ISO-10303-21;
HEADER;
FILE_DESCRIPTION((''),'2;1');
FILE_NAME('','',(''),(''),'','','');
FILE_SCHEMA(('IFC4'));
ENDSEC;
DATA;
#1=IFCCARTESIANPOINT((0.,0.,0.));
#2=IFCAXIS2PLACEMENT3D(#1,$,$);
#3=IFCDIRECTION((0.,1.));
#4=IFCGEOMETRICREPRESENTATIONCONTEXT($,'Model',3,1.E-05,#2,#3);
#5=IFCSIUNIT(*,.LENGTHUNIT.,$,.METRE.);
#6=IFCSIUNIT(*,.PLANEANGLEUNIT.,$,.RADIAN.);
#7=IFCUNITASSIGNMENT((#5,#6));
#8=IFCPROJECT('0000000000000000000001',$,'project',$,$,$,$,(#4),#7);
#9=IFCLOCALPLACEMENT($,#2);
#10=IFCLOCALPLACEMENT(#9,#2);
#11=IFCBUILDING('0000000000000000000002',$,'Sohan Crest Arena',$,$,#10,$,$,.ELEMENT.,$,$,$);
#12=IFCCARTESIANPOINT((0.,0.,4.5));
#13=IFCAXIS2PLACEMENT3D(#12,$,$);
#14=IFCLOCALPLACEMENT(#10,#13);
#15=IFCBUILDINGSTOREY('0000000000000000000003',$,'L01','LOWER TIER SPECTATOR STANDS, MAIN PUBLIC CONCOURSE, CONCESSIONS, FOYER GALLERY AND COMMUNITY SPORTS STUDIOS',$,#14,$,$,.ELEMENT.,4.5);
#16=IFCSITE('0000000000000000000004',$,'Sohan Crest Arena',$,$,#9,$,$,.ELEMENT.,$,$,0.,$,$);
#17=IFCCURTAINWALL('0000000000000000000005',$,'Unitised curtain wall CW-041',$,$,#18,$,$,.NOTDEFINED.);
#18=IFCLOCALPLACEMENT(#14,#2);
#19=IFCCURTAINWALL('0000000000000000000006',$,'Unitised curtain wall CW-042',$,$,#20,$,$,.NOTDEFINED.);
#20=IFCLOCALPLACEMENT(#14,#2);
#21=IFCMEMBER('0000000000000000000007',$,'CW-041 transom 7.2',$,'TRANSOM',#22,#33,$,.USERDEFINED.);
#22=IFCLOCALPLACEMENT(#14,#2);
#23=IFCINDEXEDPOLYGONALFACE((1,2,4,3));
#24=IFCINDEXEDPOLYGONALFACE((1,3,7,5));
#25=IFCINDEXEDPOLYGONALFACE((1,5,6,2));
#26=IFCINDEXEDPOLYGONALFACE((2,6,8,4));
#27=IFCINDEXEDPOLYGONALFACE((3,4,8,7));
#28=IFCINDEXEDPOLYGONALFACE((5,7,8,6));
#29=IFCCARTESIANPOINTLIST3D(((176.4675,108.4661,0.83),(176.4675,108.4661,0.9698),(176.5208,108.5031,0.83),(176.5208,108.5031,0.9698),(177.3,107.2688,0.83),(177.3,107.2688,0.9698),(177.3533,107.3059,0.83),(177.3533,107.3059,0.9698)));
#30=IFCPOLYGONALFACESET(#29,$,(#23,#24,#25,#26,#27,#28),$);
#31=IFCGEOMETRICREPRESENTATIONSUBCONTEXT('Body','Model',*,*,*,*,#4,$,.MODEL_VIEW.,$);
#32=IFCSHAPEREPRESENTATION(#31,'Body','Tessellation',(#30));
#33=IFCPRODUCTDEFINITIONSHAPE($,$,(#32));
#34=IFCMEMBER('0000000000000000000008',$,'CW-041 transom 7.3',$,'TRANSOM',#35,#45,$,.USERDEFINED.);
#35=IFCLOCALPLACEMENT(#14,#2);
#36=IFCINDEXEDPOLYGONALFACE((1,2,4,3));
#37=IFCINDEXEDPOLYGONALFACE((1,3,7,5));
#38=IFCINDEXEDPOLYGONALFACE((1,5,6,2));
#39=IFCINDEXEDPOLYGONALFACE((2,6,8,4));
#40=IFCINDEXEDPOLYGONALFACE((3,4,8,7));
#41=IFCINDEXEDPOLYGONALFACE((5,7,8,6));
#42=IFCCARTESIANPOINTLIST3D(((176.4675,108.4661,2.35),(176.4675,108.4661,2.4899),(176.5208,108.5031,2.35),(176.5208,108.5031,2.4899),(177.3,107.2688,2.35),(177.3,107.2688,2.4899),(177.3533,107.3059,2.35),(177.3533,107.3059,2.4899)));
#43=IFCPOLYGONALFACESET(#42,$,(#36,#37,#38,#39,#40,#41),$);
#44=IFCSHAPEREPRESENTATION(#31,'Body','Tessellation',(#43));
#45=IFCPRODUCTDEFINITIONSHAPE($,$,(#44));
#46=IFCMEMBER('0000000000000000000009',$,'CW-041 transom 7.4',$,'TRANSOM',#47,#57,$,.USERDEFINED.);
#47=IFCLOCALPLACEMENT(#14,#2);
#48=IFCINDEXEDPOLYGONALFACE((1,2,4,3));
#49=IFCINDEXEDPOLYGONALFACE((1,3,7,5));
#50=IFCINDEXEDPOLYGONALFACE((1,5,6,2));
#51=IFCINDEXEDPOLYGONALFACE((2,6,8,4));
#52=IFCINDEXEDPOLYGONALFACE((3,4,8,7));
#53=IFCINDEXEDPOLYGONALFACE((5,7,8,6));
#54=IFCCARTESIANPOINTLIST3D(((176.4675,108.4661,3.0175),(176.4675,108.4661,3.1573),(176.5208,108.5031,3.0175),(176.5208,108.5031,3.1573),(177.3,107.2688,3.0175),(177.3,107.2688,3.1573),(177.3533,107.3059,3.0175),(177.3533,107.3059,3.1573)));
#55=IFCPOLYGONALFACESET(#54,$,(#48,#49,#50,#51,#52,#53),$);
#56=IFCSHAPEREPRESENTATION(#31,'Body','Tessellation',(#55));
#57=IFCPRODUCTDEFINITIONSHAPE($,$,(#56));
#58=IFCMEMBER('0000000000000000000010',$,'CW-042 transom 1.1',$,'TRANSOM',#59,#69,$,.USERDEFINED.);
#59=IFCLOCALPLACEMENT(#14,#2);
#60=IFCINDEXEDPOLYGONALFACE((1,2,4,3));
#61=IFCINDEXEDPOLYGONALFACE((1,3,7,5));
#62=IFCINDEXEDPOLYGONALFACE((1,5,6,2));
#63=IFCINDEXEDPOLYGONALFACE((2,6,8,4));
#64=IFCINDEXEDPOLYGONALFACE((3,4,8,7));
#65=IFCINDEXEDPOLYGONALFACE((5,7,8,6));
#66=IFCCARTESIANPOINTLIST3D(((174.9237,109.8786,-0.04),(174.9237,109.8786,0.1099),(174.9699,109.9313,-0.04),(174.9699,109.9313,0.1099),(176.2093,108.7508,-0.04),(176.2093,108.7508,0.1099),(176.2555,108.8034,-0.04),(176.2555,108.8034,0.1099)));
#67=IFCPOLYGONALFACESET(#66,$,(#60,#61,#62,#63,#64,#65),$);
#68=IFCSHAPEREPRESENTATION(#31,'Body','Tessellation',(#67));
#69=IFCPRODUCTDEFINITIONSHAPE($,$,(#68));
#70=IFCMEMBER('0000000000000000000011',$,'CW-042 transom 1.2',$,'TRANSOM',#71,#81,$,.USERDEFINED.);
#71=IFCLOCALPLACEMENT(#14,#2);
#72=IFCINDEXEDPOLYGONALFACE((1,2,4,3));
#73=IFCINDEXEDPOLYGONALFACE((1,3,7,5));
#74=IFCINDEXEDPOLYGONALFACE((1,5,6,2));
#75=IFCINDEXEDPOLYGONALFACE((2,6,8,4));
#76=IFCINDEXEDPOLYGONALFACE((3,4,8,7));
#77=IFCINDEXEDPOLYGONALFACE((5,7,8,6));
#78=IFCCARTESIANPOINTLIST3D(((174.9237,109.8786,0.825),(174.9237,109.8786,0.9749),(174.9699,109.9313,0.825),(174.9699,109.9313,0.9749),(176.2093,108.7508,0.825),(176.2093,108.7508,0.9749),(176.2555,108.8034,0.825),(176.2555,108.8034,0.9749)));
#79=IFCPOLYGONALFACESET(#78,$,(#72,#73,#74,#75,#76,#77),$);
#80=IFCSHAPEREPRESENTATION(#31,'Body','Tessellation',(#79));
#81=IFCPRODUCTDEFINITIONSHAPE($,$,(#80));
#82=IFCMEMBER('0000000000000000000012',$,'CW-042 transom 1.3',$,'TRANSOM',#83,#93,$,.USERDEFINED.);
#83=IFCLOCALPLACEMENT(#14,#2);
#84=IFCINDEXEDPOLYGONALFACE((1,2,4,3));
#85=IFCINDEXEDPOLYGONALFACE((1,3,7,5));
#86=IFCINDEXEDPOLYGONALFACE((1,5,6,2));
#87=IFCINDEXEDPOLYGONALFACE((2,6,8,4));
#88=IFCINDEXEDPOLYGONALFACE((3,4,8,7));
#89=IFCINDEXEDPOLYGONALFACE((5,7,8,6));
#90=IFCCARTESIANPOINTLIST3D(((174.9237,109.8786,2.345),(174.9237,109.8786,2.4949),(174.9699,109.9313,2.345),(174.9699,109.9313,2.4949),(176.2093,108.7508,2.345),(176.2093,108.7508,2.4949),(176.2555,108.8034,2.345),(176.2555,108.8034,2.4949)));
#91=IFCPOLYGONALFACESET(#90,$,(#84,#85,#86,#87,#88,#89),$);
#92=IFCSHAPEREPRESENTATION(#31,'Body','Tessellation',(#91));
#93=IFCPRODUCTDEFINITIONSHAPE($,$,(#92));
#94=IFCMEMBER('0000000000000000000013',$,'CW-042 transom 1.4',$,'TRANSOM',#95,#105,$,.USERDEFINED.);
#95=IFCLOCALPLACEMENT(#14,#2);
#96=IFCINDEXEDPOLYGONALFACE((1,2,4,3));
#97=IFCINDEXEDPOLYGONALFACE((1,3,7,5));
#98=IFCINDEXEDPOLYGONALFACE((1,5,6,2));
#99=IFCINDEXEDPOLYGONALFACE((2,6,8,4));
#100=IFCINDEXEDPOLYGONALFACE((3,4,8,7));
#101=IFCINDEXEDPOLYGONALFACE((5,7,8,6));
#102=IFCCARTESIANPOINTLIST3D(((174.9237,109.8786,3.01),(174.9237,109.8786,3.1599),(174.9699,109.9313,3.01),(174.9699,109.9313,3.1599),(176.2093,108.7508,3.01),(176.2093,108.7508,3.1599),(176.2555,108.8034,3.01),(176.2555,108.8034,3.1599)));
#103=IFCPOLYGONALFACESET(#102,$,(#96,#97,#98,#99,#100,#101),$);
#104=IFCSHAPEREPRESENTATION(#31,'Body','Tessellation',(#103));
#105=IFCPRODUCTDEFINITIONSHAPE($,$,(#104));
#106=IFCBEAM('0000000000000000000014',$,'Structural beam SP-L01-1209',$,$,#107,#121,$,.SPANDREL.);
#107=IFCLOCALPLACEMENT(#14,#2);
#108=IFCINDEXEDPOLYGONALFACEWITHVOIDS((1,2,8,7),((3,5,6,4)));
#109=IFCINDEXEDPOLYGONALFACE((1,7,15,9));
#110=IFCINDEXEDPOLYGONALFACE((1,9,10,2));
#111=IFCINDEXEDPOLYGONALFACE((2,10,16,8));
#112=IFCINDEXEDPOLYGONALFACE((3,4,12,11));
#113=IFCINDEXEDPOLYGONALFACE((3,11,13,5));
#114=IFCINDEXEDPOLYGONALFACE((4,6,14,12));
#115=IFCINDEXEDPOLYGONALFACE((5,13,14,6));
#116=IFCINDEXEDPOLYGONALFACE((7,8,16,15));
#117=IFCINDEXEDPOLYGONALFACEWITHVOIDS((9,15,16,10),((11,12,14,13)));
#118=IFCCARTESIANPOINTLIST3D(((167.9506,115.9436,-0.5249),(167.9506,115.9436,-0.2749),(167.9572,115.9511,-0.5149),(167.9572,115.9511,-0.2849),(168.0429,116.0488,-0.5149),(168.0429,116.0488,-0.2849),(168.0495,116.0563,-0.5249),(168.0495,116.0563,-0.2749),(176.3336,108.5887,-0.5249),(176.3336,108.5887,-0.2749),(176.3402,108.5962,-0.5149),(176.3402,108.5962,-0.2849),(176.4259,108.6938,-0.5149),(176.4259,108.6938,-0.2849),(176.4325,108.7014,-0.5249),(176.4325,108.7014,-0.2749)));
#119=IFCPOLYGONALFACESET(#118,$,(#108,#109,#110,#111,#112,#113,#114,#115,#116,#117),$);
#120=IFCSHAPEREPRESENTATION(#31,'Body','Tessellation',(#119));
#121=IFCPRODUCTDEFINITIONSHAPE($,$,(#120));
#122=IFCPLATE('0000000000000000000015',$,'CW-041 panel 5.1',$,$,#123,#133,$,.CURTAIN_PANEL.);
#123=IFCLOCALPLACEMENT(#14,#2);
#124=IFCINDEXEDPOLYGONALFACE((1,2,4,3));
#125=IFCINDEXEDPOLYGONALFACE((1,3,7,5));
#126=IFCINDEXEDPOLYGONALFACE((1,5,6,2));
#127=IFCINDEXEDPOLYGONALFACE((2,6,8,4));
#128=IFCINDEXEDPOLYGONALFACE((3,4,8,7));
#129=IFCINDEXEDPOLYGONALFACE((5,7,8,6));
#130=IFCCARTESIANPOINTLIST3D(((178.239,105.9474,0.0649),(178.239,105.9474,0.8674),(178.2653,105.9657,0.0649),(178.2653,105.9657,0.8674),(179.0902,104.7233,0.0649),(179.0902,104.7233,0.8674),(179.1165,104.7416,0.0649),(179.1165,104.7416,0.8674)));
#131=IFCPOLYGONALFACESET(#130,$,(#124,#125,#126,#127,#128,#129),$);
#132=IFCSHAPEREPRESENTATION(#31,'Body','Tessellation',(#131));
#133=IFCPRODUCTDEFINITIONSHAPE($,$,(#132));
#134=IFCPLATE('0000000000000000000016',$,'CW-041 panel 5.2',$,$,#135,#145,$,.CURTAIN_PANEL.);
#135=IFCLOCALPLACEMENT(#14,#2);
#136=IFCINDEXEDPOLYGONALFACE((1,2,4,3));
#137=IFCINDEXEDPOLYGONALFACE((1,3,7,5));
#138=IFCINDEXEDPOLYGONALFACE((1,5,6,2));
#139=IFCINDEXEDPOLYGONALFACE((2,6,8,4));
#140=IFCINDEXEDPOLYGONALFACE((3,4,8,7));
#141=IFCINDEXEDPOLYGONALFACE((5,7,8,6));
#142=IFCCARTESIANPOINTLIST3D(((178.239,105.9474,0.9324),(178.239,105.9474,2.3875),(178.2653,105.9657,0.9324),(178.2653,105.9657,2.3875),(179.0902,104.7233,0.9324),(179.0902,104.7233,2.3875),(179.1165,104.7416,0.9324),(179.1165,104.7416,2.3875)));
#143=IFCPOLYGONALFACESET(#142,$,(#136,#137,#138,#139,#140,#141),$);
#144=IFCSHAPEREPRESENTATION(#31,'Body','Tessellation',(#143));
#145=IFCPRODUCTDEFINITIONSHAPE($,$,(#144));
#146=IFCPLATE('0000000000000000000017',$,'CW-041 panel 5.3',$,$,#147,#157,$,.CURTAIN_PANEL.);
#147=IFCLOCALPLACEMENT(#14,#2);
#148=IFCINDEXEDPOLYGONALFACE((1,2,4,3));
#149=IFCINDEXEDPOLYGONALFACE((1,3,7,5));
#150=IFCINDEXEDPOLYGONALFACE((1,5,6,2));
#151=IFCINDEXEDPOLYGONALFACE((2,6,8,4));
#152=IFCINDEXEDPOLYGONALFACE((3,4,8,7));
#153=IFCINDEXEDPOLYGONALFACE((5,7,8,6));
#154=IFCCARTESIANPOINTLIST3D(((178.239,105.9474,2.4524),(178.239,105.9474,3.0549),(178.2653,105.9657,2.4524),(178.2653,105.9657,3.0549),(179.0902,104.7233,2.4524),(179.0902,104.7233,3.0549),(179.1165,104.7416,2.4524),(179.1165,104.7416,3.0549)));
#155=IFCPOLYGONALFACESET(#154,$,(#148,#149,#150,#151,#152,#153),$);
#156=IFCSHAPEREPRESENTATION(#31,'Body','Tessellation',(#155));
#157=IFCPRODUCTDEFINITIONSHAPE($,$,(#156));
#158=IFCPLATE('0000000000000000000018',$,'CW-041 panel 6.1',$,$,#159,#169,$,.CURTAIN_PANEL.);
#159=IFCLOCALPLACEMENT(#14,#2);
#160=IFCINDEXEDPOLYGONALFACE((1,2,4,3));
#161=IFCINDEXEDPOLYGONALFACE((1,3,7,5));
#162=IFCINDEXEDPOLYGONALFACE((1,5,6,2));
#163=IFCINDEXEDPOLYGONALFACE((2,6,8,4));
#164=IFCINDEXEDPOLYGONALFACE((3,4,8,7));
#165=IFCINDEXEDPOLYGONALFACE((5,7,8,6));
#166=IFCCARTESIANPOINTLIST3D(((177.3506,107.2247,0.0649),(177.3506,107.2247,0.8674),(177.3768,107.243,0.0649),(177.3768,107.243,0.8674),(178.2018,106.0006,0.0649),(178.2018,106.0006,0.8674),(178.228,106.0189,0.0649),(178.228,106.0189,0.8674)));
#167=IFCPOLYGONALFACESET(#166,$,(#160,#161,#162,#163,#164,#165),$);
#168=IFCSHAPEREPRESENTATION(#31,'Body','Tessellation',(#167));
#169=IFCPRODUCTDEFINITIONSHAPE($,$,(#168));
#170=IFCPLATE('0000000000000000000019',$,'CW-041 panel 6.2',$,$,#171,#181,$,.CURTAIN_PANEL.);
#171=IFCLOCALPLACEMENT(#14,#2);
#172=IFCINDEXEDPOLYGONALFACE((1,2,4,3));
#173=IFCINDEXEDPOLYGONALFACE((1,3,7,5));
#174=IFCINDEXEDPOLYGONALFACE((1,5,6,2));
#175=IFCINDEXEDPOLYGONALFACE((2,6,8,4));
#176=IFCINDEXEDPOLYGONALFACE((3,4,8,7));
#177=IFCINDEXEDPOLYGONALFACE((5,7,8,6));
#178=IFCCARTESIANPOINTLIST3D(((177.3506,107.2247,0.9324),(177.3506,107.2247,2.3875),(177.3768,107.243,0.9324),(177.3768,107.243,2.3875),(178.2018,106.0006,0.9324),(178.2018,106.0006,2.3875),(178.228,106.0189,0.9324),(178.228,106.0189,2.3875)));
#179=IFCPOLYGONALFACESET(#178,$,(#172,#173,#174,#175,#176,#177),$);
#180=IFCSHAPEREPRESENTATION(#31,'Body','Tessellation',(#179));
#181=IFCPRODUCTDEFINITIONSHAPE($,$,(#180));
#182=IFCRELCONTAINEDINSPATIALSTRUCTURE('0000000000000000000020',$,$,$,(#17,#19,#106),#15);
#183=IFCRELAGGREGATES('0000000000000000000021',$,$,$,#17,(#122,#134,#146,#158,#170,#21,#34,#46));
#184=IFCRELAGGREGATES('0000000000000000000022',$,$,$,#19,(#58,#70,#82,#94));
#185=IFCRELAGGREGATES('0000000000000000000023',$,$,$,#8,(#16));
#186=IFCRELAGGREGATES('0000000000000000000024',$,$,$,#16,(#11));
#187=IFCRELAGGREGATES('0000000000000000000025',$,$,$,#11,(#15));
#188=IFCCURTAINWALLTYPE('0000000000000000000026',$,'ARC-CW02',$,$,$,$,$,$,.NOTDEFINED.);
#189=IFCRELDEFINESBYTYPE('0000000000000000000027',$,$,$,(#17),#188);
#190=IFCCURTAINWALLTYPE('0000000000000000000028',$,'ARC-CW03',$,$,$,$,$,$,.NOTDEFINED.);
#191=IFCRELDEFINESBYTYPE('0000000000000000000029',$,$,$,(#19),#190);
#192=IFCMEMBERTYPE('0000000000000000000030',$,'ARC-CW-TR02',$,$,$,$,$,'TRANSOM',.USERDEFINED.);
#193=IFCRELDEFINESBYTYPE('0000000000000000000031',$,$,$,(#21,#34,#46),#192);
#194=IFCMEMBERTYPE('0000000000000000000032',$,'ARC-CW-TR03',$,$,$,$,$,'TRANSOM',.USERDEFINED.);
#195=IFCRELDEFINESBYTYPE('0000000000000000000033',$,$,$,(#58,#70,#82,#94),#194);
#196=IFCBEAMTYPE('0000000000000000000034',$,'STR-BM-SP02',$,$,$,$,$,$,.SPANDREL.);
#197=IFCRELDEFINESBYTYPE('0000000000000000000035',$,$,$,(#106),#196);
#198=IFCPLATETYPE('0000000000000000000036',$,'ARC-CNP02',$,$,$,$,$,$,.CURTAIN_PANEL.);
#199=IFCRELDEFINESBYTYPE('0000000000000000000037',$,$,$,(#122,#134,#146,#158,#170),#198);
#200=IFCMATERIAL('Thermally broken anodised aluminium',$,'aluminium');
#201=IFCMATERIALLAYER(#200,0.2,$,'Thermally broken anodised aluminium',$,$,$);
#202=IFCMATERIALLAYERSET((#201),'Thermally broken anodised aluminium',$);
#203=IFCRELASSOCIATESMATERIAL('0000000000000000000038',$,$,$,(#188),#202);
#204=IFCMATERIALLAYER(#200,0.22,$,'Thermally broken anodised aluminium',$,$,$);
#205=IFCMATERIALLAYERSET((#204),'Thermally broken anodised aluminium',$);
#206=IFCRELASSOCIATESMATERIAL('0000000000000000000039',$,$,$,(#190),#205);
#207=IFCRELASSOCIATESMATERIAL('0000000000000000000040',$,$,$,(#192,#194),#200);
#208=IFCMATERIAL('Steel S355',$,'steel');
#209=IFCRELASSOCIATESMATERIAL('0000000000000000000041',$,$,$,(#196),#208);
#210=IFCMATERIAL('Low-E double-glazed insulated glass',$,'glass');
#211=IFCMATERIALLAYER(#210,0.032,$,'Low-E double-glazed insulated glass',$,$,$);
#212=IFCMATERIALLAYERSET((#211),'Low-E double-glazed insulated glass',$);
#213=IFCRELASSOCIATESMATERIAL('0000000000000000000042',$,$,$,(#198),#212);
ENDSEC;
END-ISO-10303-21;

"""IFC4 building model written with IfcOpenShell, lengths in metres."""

from ifc_helpers import new_model, si_unit, direction, frame, origin, origin_2d, place, context, subcontext, project, spatial, rectangle, hollow_rectangle, extrude, material, layer, layer_set, material_profile, profile_set, type_object, element, aggregate, save


model = new_model("IFC4")

# Units and contexts
model_context = context("Model", 3, precision=1e-05, world=origin(), true_north=direction((0.0, 1.0)))
body_context = subcontext(model_context, "Body", "Model", "MODEL_VIEW")
ifc_project = project(units=[si_unit("LENGTHUNIT", "METRE"), si_unit("PLANEANGLEUNIT", "RADIAN")], contexts=[model_context])

# Site, building, storey
site_placement = place(None, origin())
site = spatial("IfcSite", under=ifc_project, at=site_placement, Name="Sohan Crest Arena", CompositionType="ELEMENT", RefElevation=0.0)
building_placement = place(site_placement, origin())
building = spatial("IfcBuilding", under=site, at=building_placement, Name="Sohan Crest Arena", CompositionType="ELEMENT")
storey_placement = place(building_placement, frame((0.0, 0.0, 4.5)))
storey = spatial("IfcBuildingStorey", under=building, at=storey_placement, Name="L01", Description="LOWER TIER SPECTATOR STANDS, MAIN PUBLIC CONCOURSE, CONCESSIONS, FOYER GALLERY AND COMMUNITY SPORTS STUDIOS", CompositionType="ELEMENT", Elevation=4.5)

# Shared definitions
ifc_material_1 = material(Name="Steel S355", Category="steel")

# Curtain wall
ifc_material_2 = material(Name="Thermally broken anodised aluminium", Category="aluminium")
ifc_layer_1 = layer(ifc_material_2, 0.2, Name="Thermally broken anodised aluminium")
ifc_layer_set_1 = layer_set([ifc_layer_1], Name="Thermally broken anodised aluminium")
curtain_wall_type_1 = type_object("IfcCurtainWallType", Name="ARC-CW02", PredefinedType="NOTDEFINED", material=ifc_layer_set_1)
curtain_wall_1_placement = place(storey_placement, origin())
curtain_wall_1 = element("IfcCurtainWall", 1, at=curtain_wall_1_placement, inside=storey, type_object=curtain_wall_type_1, Name="Unitised curtain wall CW-041", PredefinedType="NOTDEFINED")

# Curtain wall
ifc_layer_2 = layer(ifc_material_2, 0.22, Name="Thermally broken anodised aluminium")
ifc_layer_set_2 = layer_set([ifc_layer_2], Name="Thermally broken anodised aluminium")
curtain_wall_type_2 = type_object("IfcCurtainWallType", Name="ARC-CW03", PredefinedType="NOTDEFINED", material=ifc_layer_set_2)
curtain_wall_2_placement = place(storey_placement, origin())
curtain_wall_2 = element("IfcCurtainWall", 2, at=curtain_wall_2_placement, inside=storey, type_object=curtain_wall_type_2, Name="Unitised curtain wall CW-042", PredefinedType="NOTDEFINED")

# Members
ifc_material_profile_1 = material_profile(ifc_material_2, rectangle(XDim=0.0649, YDim=0.1399, at=origin_2d()), Name="ALU-TRAN 65x140")
ifc_profile_set_1 = profile_set([ifc_material_profile_1], Name="Thermally broken anodised aluminium")
member_type_1 = type_object("IfcMemberType", Name="ARC-CW-TR02", ElementType="TRANSOM", PredefinedType="USERDEFINED", material=ifc_profile_set_1)
member_1_placement = place(storey_placement, frame((177.3267, 107.2874, 0.8999), z_axis=(-0.570898, 0.821021, 0.0), x_axis=(-0.821021, -0.570898, 0.0)))
member_1 = element("IfcMember", 3, at=member_1_placement, type_object=member_type_1, Name="CW-041 transom 7.2", ObjectType="TRANSOM", PredefinedType="USERDEFINED", context=body_context, shape_type="SweptSolid", body=[
    extrude(rectangle(XDim=0.0649, YDim=0.1399, at=origin_2d()), origin(), (0.0, 0.0, 1.0), 1.4583),
])
member_2_placement = place(storey_placement, frame((177.3267, 107.2874, 2.4199), z_axis=(-0.570898, 0.821021, 0.0), x_axis=(-0.821021, -0.570898, 0.0)))
member_2 = element("IfcMember", 4, at=member_2_placement, type_object=member_type_1, Name="CW-041 transom 7.3", ObjectType="TRANSOM", PredefinedType="USERDEFINED", context=body_context, shape_type="SweptSolid", body=[
    extrude(rectangle(XDim=0.0649, YDim=0.1399, at=origin_2d()), origin(), (0.0, 0.0, 1.0), 1.4583),
])
member_3_placement = place(storey_placement, frame((177.3267, 107.2874, 3.0874), z_axis=(-0.570898, 0.821021, 0.0), x_axis=(-0.821021, -0.570898, 0.0)))
member_3 = element("IfcMember", 5, at=member_3_placement, type_object=member_type_1, Name="CW-041 transom 7.4", ObjectType="TRANSOM", PredefinedType="USERDEFINED", context=body_context, shape_type="SweptSolid", body=[
    extrude(rectangle(XDim=0.0649, YDim=0.1399, at=origin_2d()), origin(), (0.0, 0.0, 1.0), 1.4583),
])
ifc_material_profile_2 = material_profile(ifc_material_2, rectangle(XDim=0.0701, YDim=0.1499, at=origin_2d()), Name="ALU-TRAN 70x150")
ifc_profile_set_2 = profile_set([ifc_material_profile_2], Name="Thermally broken anodised aluminium")
member_type_2 = type_object("IfcMemberType", Name="ARC-CW-TR03", ElementType="TRANSOM", PredefinedType="USERDEFINED", material=ifc_profile_set_2)
member_4_placement = place(storey_placement, frame((176.2324, 108.7771, 0.0349), z_axis=(-0.751709, 0.659494, 0.0), x_axis=(-0.659494, -0.751709, 0.0)))
member_4 = element("IfcMember", 6, at=member_4_placement, type_object=member_type_2, Name="CW-042 transom 1.1", ObjectType="TRANSOM", PredefinedType="USERDEFINED", context=body_context, shape_type="SweptSolid", body=[
    extrude(rectangle(XDim=0.0701, YDim=0.1499, at=origin_2d()), origin(), (0.0, 0.0, 1.0), 1.7102),
])
member_5_placement = place(storey_placement, frame((176.2324, 108.7771, 0.8999), z_axis=(-0.751709, 0.659494, 0.0), x_axis=(-0.659494, -0.751709, 0.0)))
member_5 = element("IfcMember", 7, at=member_5_placement, type_object=member_type_2, Name="CW-042 transom 1.2", ObjectType="TRANSOM", PredefinedType="USERDEFINED", context=body_context, shape_type="SweptSolid", body=[
    extrude(rectangle(XDim=0.0701, YDim=0.1499, at=origin_2d()), origin(), (0.0, 0.0, 1.0), 1.7102),
])
member_6_placement = place(storey_placement, frame((176.2324, 108.7771, 2.4199), z_axis=(-0.751709, 0.659494, 0.0), x_axis=(-0.659494, -0.751709, 0.0)))
member_6 = element("IfcMember", 8, at=member_6_placement, type_object=member_type_2, Name="CW-042 transom 1.3", ObjectType="TRANSOM", PredefinedType="USERDEFINED", context=body_context, shape_type="SweptSolid", body=[
    extrude(rectangle(XDim=0.0701, YDim=0.1499, at=origin_2d()), origin(), (0.0, 0.0, 1.0), 1.7102),
])
member_7_placement = place(storey_placement, frame((176.2324, 108.7771, 3.085), z_axis=(-0.751709, 0.659494, 0.0), x_axis=(-0.659494, -0.751709, 0.0)))
member_7 = element("IfcMember", 9, at=member_7_placement, type_object=member_type_2, Name="CW-042 transom 1.4", ObjectType="TRANSOM", PredefinedType="USERDEFINED", context=body_context, shape_type="SweptSolid", body=[
    extrude(rectangle(XDim=0.0701, YDim=0.1499, at=origin_2d()), origin(), (0.0, 0.0, 1.0), 1.7102),
])

# Beam
ifc_material_profile_3 = material_profile(ifc_material_1, hollow_rectangle(XDim=0.1499, YDim=0.25, WallThickness=0.01, at=origin_2d()), Name="RHS 250x150x10")
ifc_profile_set_3 = profile_set([ifc_material_profile_3], Name="Steel S355")
beam_type = type_object("IfcBeamType", Name="STR-BM-SP02", PredefinedType="SPANDREL", material=ifc_profile_set_3)
beam_placement = place(storey_placement, frame((176.3831, 108.645, -0.3999), z_axis=(-0.751696, 0.65951, 0.0), x_axis=(-0.65951, -0.751696, 0.0)))
element("IfcBeam", 10, at=beam_placement, inside=storey, type_object=beam_type, Name="Structural beam SP-L01-1209", PredefinedType="SPANDREL", context=body_context, shape_type="SweptSolid", body=[
    extrude(hollow_rectangle(XDim=0.1499, YDim=0.25, WallThickness=0.01, at=origin_2d()), origin(), (0.0, 0.0, 1.0), 11.1521),
])

# Plates
ifc_material_3 = material(Name="Low-E double-glazed insulated glass", Category="glass")
ifc_layer_3 = layer(ifc_material_3, 0.032, Name="Low-E double-glazed insulated glass")
ifc_layer_set_3 = layer_set([ifc_layer_3], Name="Low-E double-glazed insulated glass")
plate_type_1 = type_object("IfcPlateType", Name="ARC-CNP02", PredefinedType="CURTAIN_PANEL", material=ifc_layer_set_3)
plate_1_placement = place(storey_placement, frame((178.6777, 105.3445, 0.0649), z_axis=(0.0, 0.0, 1.0), x_axis=(-0.570908, 0.821014, 0.0)))
plate_1 = element("IfcPlate", 11, at=plate_1_placement, type_object=plate_type_1, Name="CW-041 panel 5.1", PredefinedType="CURTAIN_PANEL", context=body_context, shape_type="SweptSolid", body=[
    extrude(rectangle(XDim=1.491, YDim=0.032, at=origin_2d()), origin(), (0.0, 0.0, 1.0), 0.8025),
])
plate_2_placement = place(storey_placement, frame((178.6777, 105.3445, 0.9324), z_axis=(0.0, 0.0, 1.0), x_axis=(-0.570908, 0.821014, 0.0)))
plate_2 = element("IfcPlate", 12, at=plate_2_placement, type_object=plate_type_1, Name="CW-041 panel 5.2", PredefinedType="CURTAIN_PANEL", context=body_context, shape_type="SweptSolid", body=[
    extrude(rectangle(XDim=1.491, YDim=0.032, at=origin_2d()), origin(), (0.0, 0.0, 1.0), 1.4551),
])
plate_3_placement = place(storey_placement, frame((178.6777, 105.3445, 2.4524), z_axis=(0.0, 0.0, 1.0), x_axis=(-0.570908, 0.821014, 0.0)))
plate_3 = element("IfcPlate", 13, at=plate_3_placement, type_object=plate_type_1, Name="CW-041 panel 5.3", PredefinedType="CURTAIN_PANEL", context=body_context, shape_type="SweptSolid", body=[
    extrude(rectangle(XDim=1.491, YDim=0.032, at=origin_2d()), origin(), (0.0, 0.0, 1.0), 0.6025),
])
plate_4_placement = place(storey_placement, frame((177.7893, 106.6218, 0.0649), z_axis=(0.0, 0.0, 1.0), x_axis=(-0.570908, 0.821014, 0.0)))
plate_4 = element("IfcPlate", 14, at=plate_4_placement, type_object=plate_type_1, Name="CW-041 panel 6.1", PredefinedType="CURTAIN_PANEL", context=body_context, shape_type="SweptSolid", body=[
    extrude(rectangle(XDim=1.491, YDim=0.032, at=origin_2d()), origin(), (0.0, 0.0, 1.0), 0.8025),
])
plate_5_placement = place(storey_placement, frame((177.7893, 106.6218, 0.9324), z_axis=(0.0, 0.0, 1.0), x_axis=(-0.570908, 0.821014, 0.0)))
plate_5 = element("IfcPlate", 15, at=plate_5_placement, type_object=plate_type_1, Name="CW-041 panel 6.2", PredefinedType="CURTAIN_PANEL", context=body_context, shape_type="SweptSolid", body=[
    extrude(rectangle(XDim=1.491, YDim=0.032, at=origin_2d()), origin(), (0.0, 0.0, 1.0), 1.4551),
])
aggregate(curtain_wall_1, [plate_1, plate_2, plate_3, plate_4, plate_5, member_1, member_2, member_3])
aggregate(curtain_wall_2, [member_4, member_5, member_6, member_7])

save(model, "model.ifc")
